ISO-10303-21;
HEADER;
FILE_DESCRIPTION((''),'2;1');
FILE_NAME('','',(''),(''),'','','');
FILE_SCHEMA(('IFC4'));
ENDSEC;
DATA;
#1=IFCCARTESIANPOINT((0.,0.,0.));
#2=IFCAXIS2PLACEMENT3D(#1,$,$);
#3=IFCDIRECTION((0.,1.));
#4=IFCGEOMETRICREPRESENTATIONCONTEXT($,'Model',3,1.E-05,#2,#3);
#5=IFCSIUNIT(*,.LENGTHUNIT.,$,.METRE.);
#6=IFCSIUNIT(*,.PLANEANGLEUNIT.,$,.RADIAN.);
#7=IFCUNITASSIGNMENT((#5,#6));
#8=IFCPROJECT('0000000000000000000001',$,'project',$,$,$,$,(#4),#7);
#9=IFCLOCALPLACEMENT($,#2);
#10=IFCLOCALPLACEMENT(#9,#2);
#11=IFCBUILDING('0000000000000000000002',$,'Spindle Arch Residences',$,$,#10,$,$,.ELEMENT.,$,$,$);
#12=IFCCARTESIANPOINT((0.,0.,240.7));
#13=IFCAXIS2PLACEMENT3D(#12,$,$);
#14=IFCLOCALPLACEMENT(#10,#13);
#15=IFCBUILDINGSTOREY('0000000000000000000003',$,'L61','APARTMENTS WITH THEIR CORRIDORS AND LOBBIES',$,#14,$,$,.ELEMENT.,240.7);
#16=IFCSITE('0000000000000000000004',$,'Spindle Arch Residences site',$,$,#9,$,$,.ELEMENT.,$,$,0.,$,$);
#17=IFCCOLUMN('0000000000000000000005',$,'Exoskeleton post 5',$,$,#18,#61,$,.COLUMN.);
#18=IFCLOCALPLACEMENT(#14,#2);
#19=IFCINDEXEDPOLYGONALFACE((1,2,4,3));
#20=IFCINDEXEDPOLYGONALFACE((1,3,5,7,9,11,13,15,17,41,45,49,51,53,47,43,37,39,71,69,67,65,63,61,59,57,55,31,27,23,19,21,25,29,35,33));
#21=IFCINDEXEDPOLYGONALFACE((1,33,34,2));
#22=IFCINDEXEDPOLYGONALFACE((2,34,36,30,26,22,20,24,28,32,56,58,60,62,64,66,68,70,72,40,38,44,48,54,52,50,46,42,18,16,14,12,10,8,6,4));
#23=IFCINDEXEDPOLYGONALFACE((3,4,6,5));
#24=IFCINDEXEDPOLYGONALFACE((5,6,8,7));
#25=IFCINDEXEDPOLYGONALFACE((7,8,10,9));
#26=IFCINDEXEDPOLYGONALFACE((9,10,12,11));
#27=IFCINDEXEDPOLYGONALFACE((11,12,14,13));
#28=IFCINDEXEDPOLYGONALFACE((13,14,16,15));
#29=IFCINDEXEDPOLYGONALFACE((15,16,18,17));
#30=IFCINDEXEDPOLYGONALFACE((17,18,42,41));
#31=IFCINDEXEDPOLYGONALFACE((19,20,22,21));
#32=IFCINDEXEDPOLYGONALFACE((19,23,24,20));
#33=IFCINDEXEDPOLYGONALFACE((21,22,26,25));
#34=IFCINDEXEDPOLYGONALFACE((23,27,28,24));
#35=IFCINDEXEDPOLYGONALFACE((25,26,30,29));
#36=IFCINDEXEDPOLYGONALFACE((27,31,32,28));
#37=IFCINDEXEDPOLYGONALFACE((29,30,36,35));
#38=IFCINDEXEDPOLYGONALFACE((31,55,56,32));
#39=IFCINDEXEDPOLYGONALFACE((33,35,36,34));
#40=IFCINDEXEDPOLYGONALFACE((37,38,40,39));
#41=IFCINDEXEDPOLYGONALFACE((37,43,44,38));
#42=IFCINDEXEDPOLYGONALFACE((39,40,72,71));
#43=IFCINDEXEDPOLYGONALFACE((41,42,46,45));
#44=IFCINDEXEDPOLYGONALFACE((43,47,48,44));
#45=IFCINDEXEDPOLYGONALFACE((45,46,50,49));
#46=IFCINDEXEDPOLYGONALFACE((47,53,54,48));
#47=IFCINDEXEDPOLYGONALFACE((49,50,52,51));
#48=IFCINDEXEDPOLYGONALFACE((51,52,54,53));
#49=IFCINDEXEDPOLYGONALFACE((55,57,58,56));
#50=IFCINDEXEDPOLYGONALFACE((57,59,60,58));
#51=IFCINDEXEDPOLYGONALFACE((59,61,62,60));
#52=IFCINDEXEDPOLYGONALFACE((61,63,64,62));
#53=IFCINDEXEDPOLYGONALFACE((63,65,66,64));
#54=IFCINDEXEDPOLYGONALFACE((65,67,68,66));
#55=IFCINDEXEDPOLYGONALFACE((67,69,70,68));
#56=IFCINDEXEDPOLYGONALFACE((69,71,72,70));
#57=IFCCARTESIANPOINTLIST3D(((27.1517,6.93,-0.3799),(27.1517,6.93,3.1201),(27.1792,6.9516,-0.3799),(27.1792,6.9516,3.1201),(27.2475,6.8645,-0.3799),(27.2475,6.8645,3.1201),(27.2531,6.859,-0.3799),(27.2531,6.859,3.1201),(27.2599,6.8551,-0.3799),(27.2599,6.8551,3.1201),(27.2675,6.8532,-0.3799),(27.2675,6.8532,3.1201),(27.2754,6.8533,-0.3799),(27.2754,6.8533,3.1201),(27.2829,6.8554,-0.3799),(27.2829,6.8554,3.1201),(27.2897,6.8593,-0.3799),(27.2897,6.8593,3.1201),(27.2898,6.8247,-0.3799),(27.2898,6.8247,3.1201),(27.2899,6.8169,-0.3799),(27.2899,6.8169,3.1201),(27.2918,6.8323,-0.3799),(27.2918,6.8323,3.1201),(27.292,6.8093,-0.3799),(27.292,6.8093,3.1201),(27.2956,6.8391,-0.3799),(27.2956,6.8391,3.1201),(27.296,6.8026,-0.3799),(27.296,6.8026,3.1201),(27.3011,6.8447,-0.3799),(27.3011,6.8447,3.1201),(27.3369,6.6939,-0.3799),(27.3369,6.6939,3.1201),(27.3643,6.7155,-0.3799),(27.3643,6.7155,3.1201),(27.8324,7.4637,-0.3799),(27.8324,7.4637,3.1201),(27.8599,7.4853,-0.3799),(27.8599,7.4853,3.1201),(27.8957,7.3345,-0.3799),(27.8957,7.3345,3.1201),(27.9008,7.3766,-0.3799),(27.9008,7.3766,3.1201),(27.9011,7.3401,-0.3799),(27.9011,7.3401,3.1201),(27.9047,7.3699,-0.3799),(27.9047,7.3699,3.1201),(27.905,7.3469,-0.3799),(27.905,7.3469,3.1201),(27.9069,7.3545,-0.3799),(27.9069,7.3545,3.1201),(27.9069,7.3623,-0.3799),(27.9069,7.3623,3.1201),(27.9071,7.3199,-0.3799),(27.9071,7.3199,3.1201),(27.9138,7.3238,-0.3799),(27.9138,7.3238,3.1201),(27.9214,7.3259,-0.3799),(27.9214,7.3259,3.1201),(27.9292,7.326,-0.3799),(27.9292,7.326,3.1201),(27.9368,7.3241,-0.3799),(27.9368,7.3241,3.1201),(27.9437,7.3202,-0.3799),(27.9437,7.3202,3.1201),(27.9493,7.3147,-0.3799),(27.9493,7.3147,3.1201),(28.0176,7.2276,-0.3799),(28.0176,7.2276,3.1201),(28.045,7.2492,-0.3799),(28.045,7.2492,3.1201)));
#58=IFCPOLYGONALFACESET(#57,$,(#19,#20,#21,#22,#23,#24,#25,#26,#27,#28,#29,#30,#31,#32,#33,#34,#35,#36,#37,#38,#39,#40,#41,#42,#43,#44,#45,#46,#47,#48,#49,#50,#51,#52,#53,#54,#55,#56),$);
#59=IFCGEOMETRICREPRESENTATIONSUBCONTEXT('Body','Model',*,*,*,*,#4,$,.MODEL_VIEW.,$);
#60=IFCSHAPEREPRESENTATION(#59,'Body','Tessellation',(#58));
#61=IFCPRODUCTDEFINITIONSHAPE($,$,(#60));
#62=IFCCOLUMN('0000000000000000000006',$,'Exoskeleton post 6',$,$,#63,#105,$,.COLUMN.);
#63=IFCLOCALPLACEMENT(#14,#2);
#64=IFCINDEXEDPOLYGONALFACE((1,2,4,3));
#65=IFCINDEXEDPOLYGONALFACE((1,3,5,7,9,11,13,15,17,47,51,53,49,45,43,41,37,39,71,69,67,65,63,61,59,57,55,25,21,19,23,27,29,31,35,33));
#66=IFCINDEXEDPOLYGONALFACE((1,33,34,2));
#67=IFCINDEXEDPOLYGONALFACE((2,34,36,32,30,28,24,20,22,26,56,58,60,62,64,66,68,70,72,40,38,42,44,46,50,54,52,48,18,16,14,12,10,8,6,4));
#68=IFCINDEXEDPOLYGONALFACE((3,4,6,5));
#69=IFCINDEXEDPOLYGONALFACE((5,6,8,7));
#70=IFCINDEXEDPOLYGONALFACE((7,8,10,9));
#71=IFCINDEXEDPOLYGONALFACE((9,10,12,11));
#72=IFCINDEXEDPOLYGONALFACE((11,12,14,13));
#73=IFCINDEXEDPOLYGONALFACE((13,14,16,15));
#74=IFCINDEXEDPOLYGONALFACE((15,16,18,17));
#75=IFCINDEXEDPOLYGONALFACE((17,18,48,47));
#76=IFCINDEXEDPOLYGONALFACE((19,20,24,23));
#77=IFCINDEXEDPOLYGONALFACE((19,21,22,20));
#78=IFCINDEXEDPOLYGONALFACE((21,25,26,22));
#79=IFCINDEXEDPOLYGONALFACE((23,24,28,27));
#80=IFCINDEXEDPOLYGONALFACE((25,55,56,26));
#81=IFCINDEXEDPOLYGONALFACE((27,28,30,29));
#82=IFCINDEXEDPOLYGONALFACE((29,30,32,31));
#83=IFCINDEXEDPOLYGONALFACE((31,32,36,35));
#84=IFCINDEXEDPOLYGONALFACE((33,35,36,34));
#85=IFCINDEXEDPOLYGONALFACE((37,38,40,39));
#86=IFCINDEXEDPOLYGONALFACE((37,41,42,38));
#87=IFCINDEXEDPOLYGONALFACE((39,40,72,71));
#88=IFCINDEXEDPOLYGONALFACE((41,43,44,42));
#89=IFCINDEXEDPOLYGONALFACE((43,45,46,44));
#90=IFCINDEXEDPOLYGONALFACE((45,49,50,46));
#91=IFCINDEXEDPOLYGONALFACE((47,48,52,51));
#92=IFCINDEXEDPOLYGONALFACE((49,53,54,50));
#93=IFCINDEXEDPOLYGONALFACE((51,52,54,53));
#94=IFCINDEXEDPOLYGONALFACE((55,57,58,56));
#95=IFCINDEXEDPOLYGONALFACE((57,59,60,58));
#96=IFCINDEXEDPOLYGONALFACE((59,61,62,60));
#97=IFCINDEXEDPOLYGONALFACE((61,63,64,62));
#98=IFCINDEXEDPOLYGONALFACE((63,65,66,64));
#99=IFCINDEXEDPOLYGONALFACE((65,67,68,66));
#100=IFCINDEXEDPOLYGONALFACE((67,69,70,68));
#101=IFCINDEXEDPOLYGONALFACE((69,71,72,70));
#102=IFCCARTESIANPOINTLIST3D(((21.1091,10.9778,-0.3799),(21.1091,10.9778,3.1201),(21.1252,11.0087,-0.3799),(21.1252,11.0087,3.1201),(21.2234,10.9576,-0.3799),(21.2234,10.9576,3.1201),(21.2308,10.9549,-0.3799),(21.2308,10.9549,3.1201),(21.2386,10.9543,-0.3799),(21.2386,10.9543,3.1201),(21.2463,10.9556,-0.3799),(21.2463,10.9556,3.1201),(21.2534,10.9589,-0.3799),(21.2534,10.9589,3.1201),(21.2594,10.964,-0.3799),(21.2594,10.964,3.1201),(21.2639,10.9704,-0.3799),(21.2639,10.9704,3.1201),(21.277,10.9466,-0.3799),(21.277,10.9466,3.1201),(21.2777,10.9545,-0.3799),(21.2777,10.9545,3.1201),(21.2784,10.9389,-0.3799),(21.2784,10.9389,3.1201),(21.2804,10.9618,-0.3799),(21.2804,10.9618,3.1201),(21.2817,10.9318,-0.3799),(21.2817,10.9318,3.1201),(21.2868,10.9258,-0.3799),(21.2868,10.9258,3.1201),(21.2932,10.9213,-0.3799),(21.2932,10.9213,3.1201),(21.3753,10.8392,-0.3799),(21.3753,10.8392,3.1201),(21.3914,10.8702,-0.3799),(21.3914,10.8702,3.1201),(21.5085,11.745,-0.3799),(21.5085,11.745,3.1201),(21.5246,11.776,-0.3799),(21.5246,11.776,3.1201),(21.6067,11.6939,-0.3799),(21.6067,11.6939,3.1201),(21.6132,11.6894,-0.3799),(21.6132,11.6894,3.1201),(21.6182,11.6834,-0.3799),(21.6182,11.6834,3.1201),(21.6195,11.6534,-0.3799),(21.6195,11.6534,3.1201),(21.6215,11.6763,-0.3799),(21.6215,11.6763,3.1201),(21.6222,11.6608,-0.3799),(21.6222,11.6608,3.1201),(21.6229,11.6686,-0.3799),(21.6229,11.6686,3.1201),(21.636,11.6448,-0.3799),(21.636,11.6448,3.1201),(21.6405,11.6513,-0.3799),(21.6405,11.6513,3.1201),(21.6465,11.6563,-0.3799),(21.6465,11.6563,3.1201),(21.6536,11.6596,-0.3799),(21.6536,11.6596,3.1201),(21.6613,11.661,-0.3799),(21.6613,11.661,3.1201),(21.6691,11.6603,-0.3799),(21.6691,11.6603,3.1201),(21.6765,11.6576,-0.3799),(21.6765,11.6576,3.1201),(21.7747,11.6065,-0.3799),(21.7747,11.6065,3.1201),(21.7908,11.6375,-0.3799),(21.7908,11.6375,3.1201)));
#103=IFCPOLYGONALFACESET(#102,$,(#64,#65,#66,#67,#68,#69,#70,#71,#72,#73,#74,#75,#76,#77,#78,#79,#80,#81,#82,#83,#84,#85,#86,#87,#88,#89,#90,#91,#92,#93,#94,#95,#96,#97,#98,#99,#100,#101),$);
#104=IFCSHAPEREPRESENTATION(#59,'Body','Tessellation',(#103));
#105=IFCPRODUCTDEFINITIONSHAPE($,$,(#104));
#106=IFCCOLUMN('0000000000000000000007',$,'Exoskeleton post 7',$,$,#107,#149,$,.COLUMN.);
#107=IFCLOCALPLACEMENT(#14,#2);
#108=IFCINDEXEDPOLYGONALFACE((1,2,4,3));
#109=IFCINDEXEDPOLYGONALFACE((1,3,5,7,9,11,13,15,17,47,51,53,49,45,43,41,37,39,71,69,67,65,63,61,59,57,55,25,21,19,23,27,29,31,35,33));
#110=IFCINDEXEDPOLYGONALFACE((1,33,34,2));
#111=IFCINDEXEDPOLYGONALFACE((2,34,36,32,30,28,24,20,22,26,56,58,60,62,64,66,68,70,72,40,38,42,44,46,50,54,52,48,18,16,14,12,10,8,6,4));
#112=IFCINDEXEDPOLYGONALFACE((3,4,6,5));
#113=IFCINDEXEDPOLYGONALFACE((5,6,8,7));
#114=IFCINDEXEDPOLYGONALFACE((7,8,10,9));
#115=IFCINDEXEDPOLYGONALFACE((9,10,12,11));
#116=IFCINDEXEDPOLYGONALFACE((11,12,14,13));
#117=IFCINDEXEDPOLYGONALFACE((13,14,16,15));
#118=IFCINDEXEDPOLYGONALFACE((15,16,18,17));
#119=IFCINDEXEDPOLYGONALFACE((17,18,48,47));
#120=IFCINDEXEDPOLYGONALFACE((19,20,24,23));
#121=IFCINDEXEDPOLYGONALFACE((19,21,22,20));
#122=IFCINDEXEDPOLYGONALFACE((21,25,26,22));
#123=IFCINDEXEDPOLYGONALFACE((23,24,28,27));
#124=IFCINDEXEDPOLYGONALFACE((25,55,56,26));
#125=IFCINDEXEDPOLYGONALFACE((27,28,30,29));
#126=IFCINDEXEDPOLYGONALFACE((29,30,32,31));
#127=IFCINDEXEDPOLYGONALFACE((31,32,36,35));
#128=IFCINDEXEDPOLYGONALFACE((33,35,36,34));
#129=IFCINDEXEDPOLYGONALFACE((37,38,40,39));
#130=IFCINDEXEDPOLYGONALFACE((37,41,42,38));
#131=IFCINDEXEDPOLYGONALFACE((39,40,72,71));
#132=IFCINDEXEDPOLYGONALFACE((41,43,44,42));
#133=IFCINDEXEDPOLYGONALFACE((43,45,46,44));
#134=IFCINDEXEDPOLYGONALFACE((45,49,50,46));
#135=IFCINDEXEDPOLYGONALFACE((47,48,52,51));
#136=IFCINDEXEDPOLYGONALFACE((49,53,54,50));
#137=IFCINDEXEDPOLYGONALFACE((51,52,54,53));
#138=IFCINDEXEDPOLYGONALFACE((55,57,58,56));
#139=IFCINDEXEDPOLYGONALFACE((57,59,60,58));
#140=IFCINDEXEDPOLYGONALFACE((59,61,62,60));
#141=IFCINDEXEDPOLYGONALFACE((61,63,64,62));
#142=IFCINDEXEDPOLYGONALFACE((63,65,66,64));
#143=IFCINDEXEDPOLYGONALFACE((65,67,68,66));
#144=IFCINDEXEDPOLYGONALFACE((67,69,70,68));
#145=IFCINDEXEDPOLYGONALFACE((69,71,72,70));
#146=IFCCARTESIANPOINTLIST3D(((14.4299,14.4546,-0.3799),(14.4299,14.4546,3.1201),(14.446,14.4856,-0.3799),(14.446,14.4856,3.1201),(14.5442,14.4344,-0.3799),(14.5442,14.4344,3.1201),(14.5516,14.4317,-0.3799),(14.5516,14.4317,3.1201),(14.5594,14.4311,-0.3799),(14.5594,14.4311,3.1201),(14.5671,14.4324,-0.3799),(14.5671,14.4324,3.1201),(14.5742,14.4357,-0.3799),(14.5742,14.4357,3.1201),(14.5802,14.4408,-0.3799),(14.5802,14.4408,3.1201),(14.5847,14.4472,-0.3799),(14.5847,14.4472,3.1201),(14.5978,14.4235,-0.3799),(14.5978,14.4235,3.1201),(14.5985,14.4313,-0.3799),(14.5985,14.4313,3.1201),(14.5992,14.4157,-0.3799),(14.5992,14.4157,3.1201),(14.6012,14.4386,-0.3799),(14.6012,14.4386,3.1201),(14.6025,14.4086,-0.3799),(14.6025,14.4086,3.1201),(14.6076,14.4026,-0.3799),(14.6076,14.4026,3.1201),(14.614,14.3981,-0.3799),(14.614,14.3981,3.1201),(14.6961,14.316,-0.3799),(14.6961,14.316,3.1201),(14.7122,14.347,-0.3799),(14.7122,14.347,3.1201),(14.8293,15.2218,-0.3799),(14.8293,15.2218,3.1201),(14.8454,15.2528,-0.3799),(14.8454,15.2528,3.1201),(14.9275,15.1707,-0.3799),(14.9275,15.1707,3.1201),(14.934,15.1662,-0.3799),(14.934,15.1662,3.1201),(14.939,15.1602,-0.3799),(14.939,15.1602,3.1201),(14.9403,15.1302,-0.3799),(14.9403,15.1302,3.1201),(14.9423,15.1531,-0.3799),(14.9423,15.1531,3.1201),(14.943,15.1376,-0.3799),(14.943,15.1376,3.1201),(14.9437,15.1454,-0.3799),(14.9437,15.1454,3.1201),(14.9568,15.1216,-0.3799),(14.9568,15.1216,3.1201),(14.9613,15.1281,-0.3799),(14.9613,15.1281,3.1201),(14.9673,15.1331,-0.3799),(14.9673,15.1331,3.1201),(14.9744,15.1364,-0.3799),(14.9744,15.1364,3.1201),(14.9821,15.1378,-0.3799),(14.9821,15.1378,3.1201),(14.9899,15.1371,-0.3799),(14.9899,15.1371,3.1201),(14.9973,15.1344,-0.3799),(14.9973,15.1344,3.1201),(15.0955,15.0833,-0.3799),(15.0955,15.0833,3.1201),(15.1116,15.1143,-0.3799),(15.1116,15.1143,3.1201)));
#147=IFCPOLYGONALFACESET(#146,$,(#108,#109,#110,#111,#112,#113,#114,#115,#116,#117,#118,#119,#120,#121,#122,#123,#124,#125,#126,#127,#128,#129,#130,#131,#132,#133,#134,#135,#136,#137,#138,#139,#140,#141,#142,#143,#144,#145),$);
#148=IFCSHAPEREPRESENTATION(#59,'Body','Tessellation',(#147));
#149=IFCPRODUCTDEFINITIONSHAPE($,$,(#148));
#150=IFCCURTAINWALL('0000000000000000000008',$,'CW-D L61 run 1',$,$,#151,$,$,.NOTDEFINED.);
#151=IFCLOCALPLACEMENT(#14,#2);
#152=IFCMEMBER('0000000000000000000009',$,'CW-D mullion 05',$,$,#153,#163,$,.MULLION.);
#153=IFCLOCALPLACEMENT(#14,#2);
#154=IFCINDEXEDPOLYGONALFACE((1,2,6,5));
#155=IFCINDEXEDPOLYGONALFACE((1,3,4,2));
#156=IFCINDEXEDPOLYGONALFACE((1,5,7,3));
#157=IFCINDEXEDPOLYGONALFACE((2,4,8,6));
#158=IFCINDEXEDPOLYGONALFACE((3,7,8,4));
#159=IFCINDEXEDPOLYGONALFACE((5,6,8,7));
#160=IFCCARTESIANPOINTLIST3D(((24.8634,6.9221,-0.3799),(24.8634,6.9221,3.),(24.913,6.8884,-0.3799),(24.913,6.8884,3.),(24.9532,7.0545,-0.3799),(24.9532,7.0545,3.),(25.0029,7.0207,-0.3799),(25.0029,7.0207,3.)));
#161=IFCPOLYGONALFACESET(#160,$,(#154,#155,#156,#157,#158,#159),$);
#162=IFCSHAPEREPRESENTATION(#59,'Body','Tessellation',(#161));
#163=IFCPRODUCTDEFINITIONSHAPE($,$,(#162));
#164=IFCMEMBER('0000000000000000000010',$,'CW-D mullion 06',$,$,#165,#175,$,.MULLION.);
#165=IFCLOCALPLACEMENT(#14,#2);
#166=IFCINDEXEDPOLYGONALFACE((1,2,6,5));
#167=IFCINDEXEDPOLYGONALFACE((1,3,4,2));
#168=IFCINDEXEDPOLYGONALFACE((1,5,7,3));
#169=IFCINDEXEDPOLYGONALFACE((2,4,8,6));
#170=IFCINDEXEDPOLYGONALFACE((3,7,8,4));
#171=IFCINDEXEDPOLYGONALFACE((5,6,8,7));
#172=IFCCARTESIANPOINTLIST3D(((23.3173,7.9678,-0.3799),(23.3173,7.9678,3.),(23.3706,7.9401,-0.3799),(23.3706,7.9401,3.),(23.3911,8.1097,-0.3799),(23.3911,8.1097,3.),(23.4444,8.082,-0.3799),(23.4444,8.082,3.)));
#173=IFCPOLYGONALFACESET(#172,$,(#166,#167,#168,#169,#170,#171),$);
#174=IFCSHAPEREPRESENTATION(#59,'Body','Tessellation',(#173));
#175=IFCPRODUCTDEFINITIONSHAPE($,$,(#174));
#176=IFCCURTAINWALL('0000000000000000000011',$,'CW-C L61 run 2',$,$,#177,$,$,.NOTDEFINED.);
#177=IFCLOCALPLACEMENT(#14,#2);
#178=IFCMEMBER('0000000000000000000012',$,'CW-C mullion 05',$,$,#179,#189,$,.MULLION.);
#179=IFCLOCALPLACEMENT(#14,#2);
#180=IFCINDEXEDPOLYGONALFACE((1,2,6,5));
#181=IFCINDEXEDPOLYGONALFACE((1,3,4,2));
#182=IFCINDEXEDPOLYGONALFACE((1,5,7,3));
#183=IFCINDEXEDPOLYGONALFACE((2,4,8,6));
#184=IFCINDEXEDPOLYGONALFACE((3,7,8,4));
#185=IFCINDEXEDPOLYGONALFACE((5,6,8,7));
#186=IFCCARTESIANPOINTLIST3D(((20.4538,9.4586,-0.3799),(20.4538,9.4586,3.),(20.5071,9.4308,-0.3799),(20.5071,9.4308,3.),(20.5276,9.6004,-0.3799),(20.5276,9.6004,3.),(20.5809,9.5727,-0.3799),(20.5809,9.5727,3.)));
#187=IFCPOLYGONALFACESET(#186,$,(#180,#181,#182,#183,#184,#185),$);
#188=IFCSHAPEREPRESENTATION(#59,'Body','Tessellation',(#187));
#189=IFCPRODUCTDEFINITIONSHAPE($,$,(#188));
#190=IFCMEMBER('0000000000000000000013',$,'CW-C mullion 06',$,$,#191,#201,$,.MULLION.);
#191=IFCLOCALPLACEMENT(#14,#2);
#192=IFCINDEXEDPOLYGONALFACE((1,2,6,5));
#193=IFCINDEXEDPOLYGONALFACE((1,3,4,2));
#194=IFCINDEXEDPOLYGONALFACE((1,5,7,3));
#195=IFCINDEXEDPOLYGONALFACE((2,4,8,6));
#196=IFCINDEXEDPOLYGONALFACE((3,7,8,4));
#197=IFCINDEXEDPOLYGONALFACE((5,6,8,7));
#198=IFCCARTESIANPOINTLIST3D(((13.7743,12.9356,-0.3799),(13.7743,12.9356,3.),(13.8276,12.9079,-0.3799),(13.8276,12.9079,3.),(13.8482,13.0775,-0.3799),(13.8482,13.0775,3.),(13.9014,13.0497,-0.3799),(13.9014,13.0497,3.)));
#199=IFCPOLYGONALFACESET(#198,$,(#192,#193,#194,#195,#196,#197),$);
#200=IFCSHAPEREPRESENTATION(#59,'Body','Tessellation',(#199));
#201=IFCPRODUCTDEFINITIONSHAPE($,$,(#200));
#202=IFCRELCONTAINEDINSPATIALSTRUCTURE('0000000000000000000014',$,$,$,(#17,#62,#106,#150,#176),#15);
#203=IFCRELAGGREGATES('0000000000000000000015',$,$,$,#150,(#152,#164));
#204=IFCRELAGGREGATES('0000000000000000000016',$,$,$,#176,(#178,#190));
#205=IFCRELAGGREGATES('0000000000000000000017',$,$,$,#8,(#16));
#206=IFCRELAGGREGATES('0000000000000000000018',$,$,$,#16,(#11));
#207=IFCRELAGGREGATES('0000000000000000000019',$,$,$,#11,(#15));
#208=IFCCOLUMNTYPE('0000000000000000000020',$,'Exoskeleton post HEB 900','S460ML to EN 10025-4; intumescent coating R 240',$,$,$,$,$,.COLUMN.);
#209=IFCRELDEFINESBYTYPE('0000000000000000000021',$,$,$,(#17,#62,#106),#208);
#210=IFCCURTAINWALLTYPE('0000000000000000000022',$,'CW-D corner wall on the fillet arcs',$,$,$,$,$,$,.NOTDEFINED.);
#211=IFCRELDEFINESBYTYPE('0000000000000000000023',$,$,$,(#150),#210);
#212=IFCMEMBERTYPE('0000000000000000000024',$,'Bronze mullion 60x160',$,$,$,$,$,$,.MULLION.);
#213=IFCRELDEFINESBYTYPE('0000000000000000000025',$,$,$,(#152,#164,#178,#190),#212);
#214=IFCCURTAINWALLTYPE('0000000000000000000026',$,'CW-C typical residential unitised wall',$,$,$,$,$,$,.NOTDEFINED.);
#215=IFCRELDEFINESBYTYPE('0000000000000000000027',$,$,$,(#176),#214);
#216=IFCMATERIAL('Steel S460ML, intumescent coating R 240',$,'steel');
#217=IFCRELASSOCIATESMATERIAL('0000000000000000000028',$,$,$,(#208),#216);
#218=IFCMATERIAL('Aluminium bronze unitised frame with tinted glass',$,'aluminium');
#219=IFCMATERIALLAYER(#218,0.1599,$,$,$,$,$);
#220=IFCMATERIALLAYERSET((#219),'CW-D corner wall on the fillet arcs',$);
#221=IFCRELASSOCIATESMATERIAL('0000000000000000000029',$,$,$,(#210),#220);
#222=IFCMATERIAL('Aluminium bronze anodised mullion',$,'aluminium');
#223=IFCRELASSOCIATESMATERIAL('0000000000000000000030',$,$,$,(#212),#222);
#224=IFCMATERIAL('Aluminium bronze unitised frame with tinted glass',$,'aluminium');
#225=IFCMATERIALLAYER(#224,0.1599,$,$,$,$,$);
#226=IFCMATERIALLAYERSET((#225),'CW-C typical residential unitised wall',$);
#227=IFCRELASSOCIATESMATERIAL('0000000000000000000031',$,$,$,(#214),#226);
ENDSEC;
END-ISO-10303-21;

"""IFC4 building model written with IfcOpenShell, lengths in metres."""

from ifc_helpers import new_model, si_unit, direction, frame, origin, origin_2d, place, context, subcontext, project, spatial, rectangle, i_section, extrude, material, layer, layer_set, material_profile, profile_set, type_object, element, aggregate, save


model = new_model("IFC4")

# Units and contexts
model_context = context("Model", 3, precision=1e-05, world=origin(), true_north=direction((0.0, 1.0)))
body_context = subcontext(model_context, "Body", "Model", "MODEL_VIEW")
ifc_project = project(units=[si_unit("LENGTHUNIT", "METRE"), si_unit("PLANEANGLEUNIT", "RADIAN")], contexts=[model_context])

# Site, building, storey
site_placement = place(None, origin())
site = spatial("IfcSite", under=ifc_project, at=site_placement, Name="Spindle Arch Residences site", CompositionType="ELEMENT", RefElevation=0.0)
building_placement = place(site_placement, origin())
building = spatial("IfcBuilding", under=site, at=building_placement, Name="Spindle Arch Residences", CompositionType="ELEMENT")
storey_placement = place(building_placement, frame((0.0, 0.0, 240.7)))
storey = spatial("IfcBuildingStorey", under=building, at=storey_placement, Name="L61", Description="APARTMENTS WITH THEIR CORRIDORS AND LOBBIES", CompositionType="ELEMENT", Elevation=240.7)

# Columns
ifc_material_1 = material(Name="Steel S460ML, intumescent coating R 240", Category="steel")
ifc_material_profile_1 = material_profile(ifc_material_1, i_section(OverallWidth=0.3, OverallDepth=0.8999, WebThickness=0.0186, FlangeThickness=0.0349, FilletRadius=0.03, at=origin_2d()), Name="HEB 900")
ifc_profile_set_1 = profile_set([ifc_material_profile_1], Name="Steel S460ML, intumescent coating R 240")
column_type = type_object("IfcColumnType", Name="Exoskeleton post HEB 900", Description="S460ML to EN 10025-4; intumescent coating R 240", PredefinedType="COLUMN", material=ifc_profile_set_1)
for number, where, z_axis, x_axis, name in (
    (1, (27.5984, 7.0896, -0.3799), (0.0, 0.0, 1.0), (0.617002, -0.786962, 0.0), "Exoskeleton post 5"),
    (2, (21.45, 11.3076, -0.3799), (0.0, 0.0, 1.0), (0.887011, -0.461749, 0.0), "Exoskeleton post 6"),
    (3, (14.7708, 14.7844, -0.3799), (0.0, 0.0, 1.0), (0.887011, -0.461749, 0.0), "Exoskeleton post 7"),
):
    element("IfcColumn", number, at=place(storey_placement, frame(where, z_axis=z_axis, x_axis=x_axis)), inside=storey, type_object=column_type, Name=name, PredefinedType="COLUMN", context=body_context, shape_type="SweptSolid", body=[
        extrude(i_section(OverallWidth=0.3, OverallDepth=0.8999, WebThickness=0.0186, FlangeThickness=0.0349, FilletRadius=0.03, at=origin_2d()), origin(), (0.0, 0.0, 1.0), 3.5),
    ])

# Curtain walls, members
ifc_material_2 = material(Name="Aluminium bronze unitised frame with tinted glass", Category="aluminium")
ifc_layer_1 = layer(ifc_material_2, 0.1599)
ifc_layer_set_1 = layer_set([ifc_layer_1], Name="CW-D corner wall on the fillet arcs")
curtain_wall_type_1 = type_object("IfcCurtainWallType", Name="CW-D corner wall on the fillet arcs", PredefinedType="NOTDEFINED", material=ifc_layer_set_1)
curtain_wall_1_placement = place(storey_placement, origin())
curtain_wall_1 = element("IfcCurtainWall", 4, at=curtain_wall_1_placement, inside=storey, type_object=curtain_wall_type_1, Name="CW-D L61 run 1", PredefinedType="NOTDEFINED")
ifc_material_3 = material(Name="Aluminium bronze anodised mullion", Category="aluminium")
ifc_material_profile_2 = material_profile(ifc_material_3, rectangle(XDim=0.1599, YDim=0.0601, at=origin_2d()), Name="MU 60x160")
ifc_profile_set_2 = profile_set([ifc_material_profile_2], Name="Aluminium bronze anodised mullion")
member_type_1 = type_object("IfcMemberType", Name="Bronze mullion 60x160", PredefinedType="MULLION", material=ifc_profile_set_2)
member_1_placement = place(storey_placement, frame((24.9331, 6.9714, -0.3799), z_axis=(0.0, 0.0, 1.0), x_axis=(-0.561602, -0.827407, 0.0)))
member_1 = element("IfcMember", 5, at=member_1_placement, type_object=member_type_1, Name="CW-D mullion 05", PredefinedType="MULLION", context=body_context, shape_type="SweptSolid", body=[
    extrude(rectangle(XDim=0.1599, YDim=0.0601, at=origin_2d()), origin(), (0.0, 0.0, 1.0), 3.3799),
])
member_2_placement = place(storey_placement, frame((23.3809, 8.0249, -0.3799), z_axis=(0.0, 0.0, 1.0), x_axis=(-0.461749, -0.887011, 0.0)))
member_2 = element("IfcMember", 6, at=member_2_placement, type_object=member_type_1, Name="CW-D mullion 06", PredefinedType="MULLION", context=body_context, shape_type="SweptSolid", body=[
    extrude(rectangle(XDim=0.1599, YDim=0.0601, at=origin_2d()), origin(), (0.0, 0.0, 1.0), 3.3799),
])
ifc_material_4 = material(Name="Aluminium bronze unitised frame with tinted glass", Category="aluminium")
ifc_layer_2 = layer(ifc_material_4, 0.1599)
ifc_layer_set_2 = layer_set([ifc_layer_2], Name="CW-C typical residential unitised wall")
curtain_wall_type_2 = type_object("IfcCurtainWallType", Name="CW-C typical residential unitised wall", PredefinedType="NOTDEFINED", material=ifc_layer_set_2)
curtain_wall_2_placement = place(storey_placement, origin())
curtain_wall_2 = element("IfcCurtainWall", 7, at=curtain_wall_2_placement, inside=storey, type_object=curtain_wall_type_2, Name="CW-C L61 run 2", PredefinedType="NOTDEFINED")
member_3_placement = place(storey_placement, frame((20.5173, 9.5156, -0.3799), z_axis=(0.0, 0.0, 1.0), x_axis=(-0.461749, -0.887011, 0.0)))
member_3 = element("IfcMember", 8, at=member_3_placement, type_object=member_type_1, Name="CW-C mullion 05", PredefinedType="MULLION", context=body_context, shape_type="SweptSolid", body=[
    extrude(rectangle(XDim=0.1599, YDim=0.0601, at=origin_2d()), origin(), (0.0, 0.0, 1.0), 3.3799),
])
member_4_placement = place(storey_placement, frame((13.8379, 12.9927, -0.3799), z_axis=(0.0, 0.0, 1.0), x_axis=(-0.461749, -0.887011, 0.0)))
member_4 = element("IfcMember", 9, at=member_4_placement, type_object=member_type_1, Name="CW-C mullion 06", PredefinedType="MULLION", context=body_context, shape_type="SweptSolid", body=[
    extrude(rectangle(XDim=0.1599, YDim=0.0601, at=origin_2d()), origin(), (0.0, 0.0, 1.0), 3.3799),
])

aggregate(curtain_wall_1, [member_1, member_2])
aggregate(curtain_wall_2, [member_3, member_4])

save(model, "model.ifc")
